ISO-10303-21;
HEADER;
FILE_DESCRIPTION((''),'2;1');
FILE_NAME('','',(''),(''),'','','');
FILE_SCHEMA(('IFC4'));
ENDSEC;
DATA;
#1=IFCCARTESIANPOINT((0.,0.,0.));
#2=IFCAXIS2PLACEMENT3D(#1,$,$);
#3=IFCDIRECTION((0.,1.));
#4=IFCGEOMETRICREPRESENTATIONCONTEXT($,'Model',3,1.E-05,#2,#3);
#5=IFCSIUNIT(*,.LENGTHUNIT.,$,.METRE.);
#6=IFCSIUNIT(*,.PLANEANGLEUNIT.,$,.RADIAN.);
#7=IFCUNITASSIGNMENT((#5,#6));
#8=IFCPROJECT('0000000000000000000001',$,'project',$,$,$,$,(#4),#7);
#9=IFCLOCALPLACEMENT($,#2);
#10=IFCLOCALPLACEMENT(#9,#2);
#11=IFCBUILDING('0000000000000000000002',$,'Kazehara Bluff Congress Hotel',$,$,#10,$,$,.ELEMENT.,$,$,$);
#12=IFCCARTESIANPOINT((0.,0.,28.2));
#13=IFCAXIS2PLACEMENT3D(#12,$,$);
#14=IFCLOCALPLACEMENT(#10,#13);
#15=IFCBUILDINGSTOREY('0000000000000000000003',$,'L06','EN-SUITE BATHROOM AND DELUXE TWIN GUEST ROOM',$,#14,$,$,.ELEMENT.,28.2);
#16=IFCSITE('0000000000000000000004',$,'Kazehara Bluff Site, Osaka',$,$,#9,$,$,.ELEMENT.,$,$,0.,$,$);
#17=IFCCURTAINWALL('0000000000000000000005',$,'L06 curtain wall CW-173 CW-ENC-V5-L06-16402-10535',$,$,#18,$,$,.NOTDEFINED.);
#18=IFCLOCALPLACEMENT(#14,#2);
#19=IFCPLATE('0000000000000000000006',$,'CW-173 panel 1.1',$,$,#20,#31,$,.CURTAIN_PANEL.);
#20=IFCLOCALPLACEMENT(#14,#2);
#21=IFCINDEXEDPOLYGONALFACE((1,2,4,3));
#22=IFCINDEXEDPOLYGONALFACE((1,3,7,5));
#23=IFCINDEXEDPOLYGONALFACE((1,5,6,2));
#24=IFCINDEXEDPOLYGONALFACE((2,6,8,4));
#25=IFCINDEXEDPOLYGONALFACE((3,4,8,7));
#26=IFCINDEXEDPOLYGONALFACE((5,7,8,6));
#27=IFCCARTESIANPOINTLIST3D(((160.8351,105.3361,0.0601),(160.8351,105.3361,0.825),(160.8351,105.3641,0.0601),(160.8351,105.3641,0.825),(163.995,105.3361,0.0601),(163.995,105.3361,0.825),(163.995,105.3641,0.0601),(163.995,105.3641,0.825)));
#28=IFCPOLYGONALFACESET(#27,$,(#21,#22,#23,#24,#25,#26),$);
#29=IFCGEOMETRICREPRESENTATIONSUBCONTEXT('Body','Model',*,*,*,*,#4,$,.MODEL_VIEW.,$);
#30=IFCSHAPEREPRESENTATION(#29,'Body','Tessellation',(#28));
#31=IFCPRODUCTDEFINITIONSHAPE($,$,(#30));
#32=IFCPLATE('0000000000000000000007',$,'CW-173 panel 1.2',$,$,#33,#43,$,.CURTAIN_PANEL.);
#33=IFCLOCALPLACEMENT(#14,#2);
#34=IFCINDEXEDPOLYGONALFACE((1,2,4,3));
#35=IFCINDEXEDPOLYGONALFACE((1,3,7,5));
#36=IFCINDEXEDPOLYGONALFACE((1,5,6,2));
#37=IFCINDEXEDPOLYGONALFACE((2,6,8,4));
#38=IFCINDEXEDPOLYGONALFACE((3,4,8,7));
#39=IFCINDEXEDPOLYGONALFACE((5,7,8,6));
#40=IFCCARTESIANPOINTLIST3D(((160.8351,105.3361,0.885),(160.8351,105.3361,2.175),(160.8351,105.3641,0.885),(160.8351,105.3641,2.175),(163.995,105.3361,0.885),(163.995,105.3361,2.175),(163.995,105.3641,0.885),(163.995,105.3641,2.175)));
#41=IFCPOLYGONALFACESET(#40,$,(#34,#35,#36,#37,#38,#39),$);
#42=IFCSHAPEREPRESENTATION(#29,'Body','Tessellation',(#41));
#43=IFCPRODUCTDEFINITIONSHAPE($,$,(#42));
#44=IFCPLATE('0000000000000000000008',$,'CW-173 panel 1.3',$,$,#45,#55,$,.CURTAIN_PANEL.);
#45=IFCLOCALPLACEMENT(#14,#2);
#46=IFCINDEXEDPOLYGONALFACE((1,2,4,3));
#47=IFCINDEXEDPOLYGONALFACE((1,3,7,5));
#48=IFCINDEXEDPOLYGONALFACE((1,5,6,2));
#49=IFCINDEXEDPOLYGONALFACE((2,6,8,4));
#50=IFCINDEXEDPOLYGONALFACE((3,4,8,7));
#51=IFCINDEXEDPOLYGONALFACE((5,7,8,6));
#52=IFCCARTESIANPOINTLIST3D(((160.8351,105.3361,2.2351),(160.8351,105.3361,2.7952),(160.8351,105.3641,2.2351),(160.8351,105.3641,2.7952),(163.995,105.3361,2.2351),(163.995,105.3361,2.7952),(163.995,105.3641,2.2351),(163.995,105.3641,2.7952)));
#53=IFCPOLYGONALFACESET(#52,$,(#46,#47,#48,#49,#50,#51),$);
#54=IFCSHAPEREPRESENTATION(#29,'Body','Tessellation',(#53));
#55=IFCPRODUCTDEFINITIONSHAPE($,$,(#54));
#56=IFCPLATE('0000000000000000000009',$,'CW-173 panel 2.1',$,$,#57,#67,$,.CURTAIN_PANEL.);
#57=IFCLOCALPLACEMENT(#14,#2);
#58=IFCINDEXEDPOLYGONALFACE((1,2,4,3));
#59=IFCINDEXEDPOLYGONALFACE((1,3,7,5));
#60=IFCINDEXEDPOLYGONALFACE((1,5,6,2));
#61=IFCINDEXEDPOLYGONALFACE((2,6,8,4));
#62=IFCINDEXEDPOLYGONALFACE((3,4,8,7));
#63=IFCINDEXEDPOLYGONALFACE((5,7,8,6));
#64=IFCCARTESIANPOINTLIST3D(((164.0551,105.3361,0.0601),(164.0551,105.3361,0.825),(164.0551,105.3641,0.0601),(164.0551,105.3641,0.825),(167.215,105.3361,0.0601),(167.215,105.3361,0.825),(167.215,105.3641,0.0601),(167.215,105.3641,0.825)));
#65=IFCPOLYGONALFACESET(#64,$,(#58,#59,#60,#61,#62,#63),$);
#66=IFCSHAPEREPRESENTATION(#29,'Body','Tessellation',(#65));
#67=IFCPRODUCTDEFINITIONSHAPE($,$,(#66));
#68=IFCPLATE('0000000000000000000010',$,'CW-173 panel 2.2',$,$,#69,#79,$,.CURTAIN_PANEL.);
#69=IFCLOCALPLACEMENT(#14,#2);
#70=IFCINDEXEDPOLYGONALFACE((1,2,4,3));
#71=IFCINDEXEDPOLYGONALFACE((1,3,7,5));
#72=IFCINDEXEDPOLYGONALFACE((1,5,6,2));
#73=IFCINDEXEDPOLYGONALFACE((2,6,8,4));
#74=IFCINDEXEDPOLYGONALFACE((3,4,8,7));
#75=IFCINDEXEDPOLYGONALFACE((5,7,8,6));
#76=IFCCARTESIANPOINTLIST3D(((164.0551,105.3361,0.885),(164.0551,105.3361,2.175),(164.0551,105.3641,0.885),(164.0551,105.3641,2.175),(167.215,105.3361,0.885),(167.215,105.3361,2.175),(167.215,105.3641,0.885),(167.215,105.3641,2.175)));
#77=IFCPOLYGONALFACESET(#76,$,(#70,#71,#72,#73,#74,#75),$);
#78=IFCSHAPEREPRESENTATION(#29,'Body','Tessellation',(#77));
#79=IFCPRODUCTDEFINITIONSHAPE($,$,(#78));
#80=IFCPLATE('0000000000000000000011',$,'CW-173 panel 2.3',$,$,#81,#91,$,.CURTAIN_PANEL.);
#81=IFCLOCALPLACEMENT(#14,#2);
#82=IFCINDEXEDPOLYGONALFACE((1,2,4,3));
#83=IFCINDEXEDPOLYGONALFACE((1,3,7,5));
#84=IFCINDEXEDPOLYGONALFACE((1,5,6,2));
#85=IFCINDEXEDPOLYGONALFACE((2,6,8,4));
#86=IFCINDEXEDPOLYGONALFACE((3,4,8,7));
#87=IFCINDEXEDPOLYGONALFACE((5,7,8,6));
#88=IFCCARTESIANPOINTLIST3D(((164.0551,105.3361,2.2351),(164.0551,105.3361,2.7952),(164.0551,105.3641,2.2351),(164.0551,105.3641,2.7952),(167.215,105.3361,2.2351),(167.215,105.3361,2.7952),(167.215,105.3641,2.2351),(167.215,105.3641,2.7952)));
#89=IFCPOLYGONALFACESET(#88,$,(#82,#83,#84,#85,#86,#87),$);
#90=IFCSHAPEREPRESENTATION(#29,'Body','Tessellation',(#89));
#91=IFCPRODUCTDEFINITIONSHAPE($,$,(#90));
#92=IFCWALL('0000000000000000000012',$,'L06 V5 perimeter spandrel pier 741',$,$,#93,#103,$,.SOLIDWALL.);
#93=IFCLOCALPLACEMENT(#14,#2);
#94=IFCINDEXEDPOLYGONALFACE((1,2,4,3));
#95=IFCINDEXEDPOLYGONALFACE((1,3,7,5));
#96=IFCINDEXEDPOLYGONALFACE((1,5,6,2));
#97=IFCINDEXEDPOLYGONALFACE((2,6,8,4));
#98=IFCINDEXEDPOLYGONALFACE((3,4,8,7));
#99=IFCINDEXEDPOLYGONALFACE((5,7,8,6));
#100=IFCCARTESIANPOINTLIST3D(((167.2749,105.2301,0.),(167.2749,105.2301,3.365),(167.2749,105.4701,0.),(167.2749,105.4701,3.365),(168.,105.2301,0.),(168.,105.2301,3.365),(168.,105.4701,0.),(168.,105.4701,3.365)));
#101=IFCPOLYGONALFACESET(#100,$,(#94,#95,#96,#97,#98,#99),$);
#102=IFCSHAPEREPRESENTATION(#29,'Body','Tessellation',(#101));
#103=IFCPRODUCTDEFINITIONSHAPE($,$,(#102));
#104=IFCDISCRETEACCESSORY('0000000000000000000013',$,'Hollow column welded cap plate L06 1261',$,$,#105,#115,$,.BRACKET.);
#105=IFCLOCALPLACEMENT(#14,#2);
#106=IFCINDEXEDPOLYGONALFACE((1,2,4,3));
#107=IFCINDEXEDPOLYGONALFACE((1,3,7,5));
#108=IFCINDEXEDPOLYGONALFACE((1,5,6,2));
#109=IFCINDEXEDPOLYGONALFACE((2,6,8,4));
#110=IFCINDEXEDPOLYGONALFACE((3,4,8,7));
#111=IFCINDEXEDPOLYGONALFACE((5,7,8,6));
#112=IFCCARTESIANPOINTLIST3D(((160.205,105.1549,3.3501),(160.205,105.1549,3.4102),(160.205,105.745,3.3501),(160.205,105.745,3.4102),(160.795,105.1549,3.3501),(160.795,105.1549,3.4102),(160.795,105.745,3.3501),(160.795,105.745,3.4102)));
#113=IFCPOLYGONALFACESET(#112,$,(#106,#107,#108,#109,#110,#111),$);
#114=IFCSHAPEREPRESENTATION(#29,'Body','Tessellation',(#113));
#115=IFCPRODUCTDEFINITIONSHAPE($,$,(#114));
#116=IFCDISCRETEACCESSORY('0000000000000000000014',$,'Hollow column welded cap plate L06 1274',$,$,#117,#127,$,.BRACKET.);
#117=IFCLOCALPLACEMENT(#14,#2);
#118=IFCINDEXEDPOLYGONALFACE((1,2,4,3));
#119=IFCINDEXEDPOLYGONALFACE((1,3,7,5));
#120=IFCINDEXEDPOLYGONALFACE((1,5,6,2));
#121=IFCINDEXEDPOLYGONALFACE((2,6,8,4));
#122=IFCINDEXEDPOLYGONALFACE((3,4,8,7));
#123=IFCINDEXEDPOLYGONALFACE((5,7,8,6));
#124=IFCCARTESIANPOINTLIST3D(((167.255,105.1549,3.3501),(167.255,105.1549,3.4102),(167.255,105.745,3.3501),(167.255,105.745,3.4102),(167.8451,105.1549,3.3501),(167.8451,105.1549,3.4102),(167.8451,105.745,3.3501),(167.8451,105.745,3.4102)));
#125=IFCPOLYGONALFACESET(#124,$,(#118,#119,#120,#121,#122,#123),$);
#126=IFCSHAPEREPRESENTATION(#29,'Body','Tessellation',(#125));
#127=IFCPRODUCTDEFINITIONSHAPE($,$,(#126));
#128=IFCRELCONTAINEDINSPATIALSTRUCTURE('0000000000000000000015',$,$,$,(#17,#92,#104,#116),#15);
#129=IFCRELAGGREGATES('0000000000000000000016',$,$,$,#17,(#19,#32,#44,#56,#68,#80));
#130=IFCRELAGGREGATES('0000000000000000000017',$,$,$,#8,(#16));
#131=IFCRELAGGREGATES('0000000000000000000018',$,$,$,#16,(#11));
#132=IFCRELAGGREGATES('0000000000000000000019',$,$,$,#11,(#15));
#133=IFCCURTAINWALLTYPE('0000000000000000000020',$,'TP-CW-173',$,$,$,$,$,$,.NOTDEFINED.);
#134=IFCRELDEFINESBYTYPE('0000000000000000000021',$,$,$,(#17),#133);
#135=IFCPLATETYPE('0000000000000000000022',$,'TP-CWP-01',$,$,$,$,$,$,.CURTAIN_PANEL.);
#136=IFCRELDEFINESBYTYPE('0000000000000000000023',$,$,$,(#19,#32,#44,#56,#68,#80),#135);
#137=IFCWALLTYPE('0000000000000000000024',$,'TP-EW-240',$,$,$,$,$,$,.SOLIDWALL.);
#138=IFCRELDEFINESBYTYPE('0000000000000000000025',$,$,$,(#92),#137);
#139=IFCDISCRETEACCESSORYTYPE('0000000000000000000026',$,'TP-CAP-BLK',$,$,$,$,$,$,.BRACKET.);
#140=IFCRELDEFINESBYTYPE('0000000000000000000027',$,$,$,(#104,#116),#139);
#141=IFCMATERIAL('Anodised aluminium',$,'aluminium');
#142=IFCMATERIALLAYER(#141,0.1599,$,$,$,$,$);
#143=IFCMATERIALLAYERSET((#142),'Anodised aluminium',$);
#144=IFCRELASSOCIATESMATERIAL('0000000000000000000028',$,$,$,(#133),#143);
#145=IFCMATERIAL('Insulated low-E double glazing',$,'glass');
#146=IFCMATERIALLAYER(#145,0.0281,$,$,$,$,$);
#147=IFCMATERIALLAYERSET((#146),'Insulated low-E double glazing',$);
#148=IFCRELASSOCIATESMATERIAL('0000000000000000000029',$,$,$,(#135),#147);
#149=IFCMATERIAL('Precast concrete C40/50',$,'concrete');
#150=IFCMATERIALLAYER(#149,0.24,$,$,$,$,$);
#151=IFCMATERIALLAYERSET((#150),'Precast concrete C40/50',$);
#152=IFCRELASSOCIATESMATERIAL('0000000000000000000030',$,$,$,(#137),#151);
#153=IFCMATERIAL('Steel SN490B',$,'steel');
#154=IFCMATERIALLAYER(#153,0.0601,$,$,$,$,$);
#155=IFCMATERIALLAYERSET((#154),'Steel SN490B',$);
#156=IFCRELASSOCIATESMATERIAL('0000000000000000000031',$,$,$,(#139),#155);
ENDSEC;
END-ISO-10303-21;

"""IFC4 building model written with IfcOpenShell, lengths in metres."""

from ifc_helpers import new_model, si_unit, direction, frame, frame_2d, origin, origin_2d, place, context, subcontext, project, spatial, rectangle, extrude, material, layer, layer_set, type_object, element, aggregate, save


model = new_model("IFC4")

# Units and contexts
model_context = context("Model", 3, precision=1e-05, world=origin(), true_north=direction((0.0, 1.0)))
body_context = subcontext(model_context, "Body", "Model", "MODEL_VIEW")
ifc_project = project(units=[si_unit("LENGTHUNIT", "METRE"), si_unit("PLANEANGLEUNIT", "RADIAN")], contexts=[model_context])

# Site, building, storey
site_placement = place(None, origin())
site = spatial("IfcSite", under=ifc_project, at=site_placement, Name="Kazehara Bluff Site, Osaka", CompositionType="ELEMENT", RefElevation=0.0)
building_placement = place(site_placement, origin())
building = spatial("IfcBuilding", under=site, at=building_placement, Name="Kazehara Bluff Congress Hotel", CompositionType="ELEMENT")
storey_placement = place(building_placement, frame((0.0, 0.0, 28.2)))
storey = spatial("IfcBuildingStorey", under=building, at=storey_placement, Name="L06", Description="EN-SUITE BATHROOM AND DELUXE TWIN GUEST ROOM", CompositionType="ELEMENT", Elevation=28.2)

# Curtain wall
ifc_material_1 = material(Name="Anodised aluminium", Category="aluminium")
ifc_layer_1 = layer(ifc_material_1, 0.1599)
ifc_layer_set_1 = layer_set([ifc_layer_1], Name="Anodised aluminium")
curtain_wall_type = type_object("IfcCurtainWallType", Name="TP-CW-173", PredefinedType="NOTDEFINED", material=ifc_layer_set_1)
curtain_wall_placement = place(storey_placement, origin())
curtain_wall = element("IfcCurtainWall", 1, at=curtain_wall_placement, inside=storey, type_object=curtain_wall_type, Name="L06 curtain wall CW-173 CW-ENC-V5-L06-16402-10535", PredefinedType="NOTDEFINED")

# Plates
ifc_material_2 = material(Name="Insulated low-E double glazing", Category="glass")
ifc_layer_2 = layer(ifc_material_2, 0.0281)
ifc_layer_set_2 = layer_set([ifc_layer_2], Name="Insulated low-E double glazing")
plate_type = type_object("IfcPlateType", Name="TP-CWP-01", PredefinedType="CURTAIN_PANEL", material=ifc_layer_set_2)
plate_1_placement = place(storey_placement, frame((162.415, 105.3501, 0.0601), z_axis=(0.0, 0.0, 1.0), x_axis=(1.0, 0.0, 0.0)))
plate_1 = element("IfcPlate", 2, at=plate_1_placement, type_object=plate_type, Name="CW-173 panel 1.1", PredefinedType="CURTAIN_PANEL", context=body_context, shape_type="SweptSolid", body=[
    extrude(rectangle(XDim=3.1599, YDim=0.0281, at=origin_2d()), origin(), (0.0, 0.0, 1.0), 0.7649),
])
plate_2_placement = place(storey_placement, frame((162.415, 105.3501, 0.885), z_axis=(0.0, 0.0, 1.0), x_axis=(1.0, 0.0, 0.0)))
plate_2 = element("IfcPlate", 3, at=plate_2_placement, type_object=plate_type, Name="CW-173 panel 1.2", PredefinedType="CURTAIN_PANEL", context=body_context, shape_type="SweptSolid", body=[
    extrude(rectangle(XDim=3.1599, YDim=0.0281, at=origin_2d()), origin(), (0.0, 0.0, 1.0), 1.29),
])
plate_3_placement = place(storey_placement, frame((162.415, 105.3501, 2.2351), z_axis=(0.0, 0.0, 1.0), x_axis=(1.0, 0.0, 0.0)))
plate_3 = element("IfcPlate", 4, at=plate_3_placement, type_object=plate_type, Name="CW-173 panel 1.3", PredefinedType="CURTAIN_PANEL", context=body_context, shape_type="SweptSolid", body=[
    extrude(rectangle(XDim=3.1599, YDim=0.0281, at=origin_2d()), origin(), (0.0, 0.0, 1.0), 0.5601),
])
plate_4_placement = place(storey_placement, frame((165.635, 105.3501, 0.0601), z_axis=(0.0, 0.0, 1.0), x_axis=(1.0, 0.0, 0.0)))
plate_4 = element("IfcPlate", 5, at=plate_4_placement, type_object=plate_type, Name="CW-173 panel 2.1", PredefinedType="CURTAIN_PANEL", context=body_context, shape_type="SweptSolid", body=[
    extrude(rectangle(XDim=3.1599, YDim=0.0281, at=origin_2d()), origin(), (0.0, 0.0, 1.0), 0.7649),
])
plate_5_placement = place(storey_placement, frame((165.635, 105.3501, 0.885), z_axis=(0.0, 0.0, 1.0), x_axis=(1.0, 0.0, 0.0)))
plate_5 = element("IfcPlate", 6, at=plate_5_placement, type_object=plate_type, Name="CW-173 panel 2.2", PredefinedType="CURTAIN_PANEL", context=body_context, shape_type="SweptSolid", body=[
    extrude(rectangle(XDim=3.1599, YDim=0.0281, at=origin_2d()), origin(), (0.0, 0.0, 1.0), 1.29),
])
plate_6_placement = place(storey_placement, frame((165.635, 105.3501, 2.2351), z_axis=(0.0, 0.0, 1.0), x_axis=(1.0, 0.0, 0.0)))
plate_6 = element("IfcPlate", 7, at=plate_6_placement, type_object=plate_type, Name="CW-173 panel 2.3", PredefinedType="CURTAIN_PANEL", context=body_context, shape_type="SweptSolid", body=[
    extrude(rectangle(XDim=3.1599, YDim=0.0281, at=origin_2d()), origin(), (0.0, 0.0, 1.0), 0.5601),
])
aggregate(curtain_wall, [plate_1, plate_2, plate_3, plate_4, plate_5, plate_6])

# Wall
ifc_material_3 = material(Name="Precast concrete C40/50", Category="concrete")
ifc_layer_3 = layer(ifc_material_3, 0.24)
ifc_layer_set_3 = layer_set([ifc_layer_3], Name="Precast concrete C40/50")
wall_type = type_object("IfcWallType", Name="TP-EW-240", PredefinedType="SOLIDWALL", material=ifc_layer_set_3)
wall_placement = place(storey_placement, frame((167.2749, 105.3501, 0.0), z_axis=(0.0, 0.0, 1.0), x_axis=(1.0, 0.0, 0.0)))
element("IfcWall", 8, at=wall_placement, inside=storey, type_object=wall_type, Name="L06 V5 perimeter spandrel pier 741", PredefinedType="SOLIDWALL", context=body_context, shape_type="SweptSolid", body=[
    extrude(rectangle(XDim=0.7251, YDim=0.24, at=frame_2d((0.3625, 0.0))), origin(), (0.0, 0.0, 1.0), 3.365),
])

# Discrete accessories
ifc_material_4 = material(Name="Steel SN490B", Category="steel")
ifc_layer_4 = layer(ifc_material_4, 0.0601)
ifc_layer_set_4 = layer_set([ifc_layer_4], Name="Steel SN490B")
discrete_accessory_type = type_object("IfcDiscreteAccessoryType", Name="TP-CAP-BLK", PredefinedType="BRACKET", material=ifc_layer_set_4)
for number, where, z_axis, x_axis, name in (
    (9, (160.5, 105.45, 3.3501), (0.0, 0.0, 1.0), (1.0, 0.0, 0.0), "Hollow column welded cap plate L06 1261"),
    (10, (167.55, 105.45, 3.3501), (0.0, 0.0, 1.0), (1.0, 0.0, 0.0), "Hollow column welded cap plate L06 1274"),
):
    element("IfcDiscreteAccessory", number, at=place(storey_placement, frame(where, z_axis=z_axis, x_axis=x_axis)), inside=storey, type_object=discrete_accessory_type, Name=name, PredefinedType="BRACKET", context=body_context, shape_type="SweptSolid", body=[
        extrude(rectangle(XDim=0.5901, YDim=0.5901, at=origin_2d()), origin(), (0.0, 0.0, 1.0), 0.0601),
    ])

save(model, "model.ifc")
